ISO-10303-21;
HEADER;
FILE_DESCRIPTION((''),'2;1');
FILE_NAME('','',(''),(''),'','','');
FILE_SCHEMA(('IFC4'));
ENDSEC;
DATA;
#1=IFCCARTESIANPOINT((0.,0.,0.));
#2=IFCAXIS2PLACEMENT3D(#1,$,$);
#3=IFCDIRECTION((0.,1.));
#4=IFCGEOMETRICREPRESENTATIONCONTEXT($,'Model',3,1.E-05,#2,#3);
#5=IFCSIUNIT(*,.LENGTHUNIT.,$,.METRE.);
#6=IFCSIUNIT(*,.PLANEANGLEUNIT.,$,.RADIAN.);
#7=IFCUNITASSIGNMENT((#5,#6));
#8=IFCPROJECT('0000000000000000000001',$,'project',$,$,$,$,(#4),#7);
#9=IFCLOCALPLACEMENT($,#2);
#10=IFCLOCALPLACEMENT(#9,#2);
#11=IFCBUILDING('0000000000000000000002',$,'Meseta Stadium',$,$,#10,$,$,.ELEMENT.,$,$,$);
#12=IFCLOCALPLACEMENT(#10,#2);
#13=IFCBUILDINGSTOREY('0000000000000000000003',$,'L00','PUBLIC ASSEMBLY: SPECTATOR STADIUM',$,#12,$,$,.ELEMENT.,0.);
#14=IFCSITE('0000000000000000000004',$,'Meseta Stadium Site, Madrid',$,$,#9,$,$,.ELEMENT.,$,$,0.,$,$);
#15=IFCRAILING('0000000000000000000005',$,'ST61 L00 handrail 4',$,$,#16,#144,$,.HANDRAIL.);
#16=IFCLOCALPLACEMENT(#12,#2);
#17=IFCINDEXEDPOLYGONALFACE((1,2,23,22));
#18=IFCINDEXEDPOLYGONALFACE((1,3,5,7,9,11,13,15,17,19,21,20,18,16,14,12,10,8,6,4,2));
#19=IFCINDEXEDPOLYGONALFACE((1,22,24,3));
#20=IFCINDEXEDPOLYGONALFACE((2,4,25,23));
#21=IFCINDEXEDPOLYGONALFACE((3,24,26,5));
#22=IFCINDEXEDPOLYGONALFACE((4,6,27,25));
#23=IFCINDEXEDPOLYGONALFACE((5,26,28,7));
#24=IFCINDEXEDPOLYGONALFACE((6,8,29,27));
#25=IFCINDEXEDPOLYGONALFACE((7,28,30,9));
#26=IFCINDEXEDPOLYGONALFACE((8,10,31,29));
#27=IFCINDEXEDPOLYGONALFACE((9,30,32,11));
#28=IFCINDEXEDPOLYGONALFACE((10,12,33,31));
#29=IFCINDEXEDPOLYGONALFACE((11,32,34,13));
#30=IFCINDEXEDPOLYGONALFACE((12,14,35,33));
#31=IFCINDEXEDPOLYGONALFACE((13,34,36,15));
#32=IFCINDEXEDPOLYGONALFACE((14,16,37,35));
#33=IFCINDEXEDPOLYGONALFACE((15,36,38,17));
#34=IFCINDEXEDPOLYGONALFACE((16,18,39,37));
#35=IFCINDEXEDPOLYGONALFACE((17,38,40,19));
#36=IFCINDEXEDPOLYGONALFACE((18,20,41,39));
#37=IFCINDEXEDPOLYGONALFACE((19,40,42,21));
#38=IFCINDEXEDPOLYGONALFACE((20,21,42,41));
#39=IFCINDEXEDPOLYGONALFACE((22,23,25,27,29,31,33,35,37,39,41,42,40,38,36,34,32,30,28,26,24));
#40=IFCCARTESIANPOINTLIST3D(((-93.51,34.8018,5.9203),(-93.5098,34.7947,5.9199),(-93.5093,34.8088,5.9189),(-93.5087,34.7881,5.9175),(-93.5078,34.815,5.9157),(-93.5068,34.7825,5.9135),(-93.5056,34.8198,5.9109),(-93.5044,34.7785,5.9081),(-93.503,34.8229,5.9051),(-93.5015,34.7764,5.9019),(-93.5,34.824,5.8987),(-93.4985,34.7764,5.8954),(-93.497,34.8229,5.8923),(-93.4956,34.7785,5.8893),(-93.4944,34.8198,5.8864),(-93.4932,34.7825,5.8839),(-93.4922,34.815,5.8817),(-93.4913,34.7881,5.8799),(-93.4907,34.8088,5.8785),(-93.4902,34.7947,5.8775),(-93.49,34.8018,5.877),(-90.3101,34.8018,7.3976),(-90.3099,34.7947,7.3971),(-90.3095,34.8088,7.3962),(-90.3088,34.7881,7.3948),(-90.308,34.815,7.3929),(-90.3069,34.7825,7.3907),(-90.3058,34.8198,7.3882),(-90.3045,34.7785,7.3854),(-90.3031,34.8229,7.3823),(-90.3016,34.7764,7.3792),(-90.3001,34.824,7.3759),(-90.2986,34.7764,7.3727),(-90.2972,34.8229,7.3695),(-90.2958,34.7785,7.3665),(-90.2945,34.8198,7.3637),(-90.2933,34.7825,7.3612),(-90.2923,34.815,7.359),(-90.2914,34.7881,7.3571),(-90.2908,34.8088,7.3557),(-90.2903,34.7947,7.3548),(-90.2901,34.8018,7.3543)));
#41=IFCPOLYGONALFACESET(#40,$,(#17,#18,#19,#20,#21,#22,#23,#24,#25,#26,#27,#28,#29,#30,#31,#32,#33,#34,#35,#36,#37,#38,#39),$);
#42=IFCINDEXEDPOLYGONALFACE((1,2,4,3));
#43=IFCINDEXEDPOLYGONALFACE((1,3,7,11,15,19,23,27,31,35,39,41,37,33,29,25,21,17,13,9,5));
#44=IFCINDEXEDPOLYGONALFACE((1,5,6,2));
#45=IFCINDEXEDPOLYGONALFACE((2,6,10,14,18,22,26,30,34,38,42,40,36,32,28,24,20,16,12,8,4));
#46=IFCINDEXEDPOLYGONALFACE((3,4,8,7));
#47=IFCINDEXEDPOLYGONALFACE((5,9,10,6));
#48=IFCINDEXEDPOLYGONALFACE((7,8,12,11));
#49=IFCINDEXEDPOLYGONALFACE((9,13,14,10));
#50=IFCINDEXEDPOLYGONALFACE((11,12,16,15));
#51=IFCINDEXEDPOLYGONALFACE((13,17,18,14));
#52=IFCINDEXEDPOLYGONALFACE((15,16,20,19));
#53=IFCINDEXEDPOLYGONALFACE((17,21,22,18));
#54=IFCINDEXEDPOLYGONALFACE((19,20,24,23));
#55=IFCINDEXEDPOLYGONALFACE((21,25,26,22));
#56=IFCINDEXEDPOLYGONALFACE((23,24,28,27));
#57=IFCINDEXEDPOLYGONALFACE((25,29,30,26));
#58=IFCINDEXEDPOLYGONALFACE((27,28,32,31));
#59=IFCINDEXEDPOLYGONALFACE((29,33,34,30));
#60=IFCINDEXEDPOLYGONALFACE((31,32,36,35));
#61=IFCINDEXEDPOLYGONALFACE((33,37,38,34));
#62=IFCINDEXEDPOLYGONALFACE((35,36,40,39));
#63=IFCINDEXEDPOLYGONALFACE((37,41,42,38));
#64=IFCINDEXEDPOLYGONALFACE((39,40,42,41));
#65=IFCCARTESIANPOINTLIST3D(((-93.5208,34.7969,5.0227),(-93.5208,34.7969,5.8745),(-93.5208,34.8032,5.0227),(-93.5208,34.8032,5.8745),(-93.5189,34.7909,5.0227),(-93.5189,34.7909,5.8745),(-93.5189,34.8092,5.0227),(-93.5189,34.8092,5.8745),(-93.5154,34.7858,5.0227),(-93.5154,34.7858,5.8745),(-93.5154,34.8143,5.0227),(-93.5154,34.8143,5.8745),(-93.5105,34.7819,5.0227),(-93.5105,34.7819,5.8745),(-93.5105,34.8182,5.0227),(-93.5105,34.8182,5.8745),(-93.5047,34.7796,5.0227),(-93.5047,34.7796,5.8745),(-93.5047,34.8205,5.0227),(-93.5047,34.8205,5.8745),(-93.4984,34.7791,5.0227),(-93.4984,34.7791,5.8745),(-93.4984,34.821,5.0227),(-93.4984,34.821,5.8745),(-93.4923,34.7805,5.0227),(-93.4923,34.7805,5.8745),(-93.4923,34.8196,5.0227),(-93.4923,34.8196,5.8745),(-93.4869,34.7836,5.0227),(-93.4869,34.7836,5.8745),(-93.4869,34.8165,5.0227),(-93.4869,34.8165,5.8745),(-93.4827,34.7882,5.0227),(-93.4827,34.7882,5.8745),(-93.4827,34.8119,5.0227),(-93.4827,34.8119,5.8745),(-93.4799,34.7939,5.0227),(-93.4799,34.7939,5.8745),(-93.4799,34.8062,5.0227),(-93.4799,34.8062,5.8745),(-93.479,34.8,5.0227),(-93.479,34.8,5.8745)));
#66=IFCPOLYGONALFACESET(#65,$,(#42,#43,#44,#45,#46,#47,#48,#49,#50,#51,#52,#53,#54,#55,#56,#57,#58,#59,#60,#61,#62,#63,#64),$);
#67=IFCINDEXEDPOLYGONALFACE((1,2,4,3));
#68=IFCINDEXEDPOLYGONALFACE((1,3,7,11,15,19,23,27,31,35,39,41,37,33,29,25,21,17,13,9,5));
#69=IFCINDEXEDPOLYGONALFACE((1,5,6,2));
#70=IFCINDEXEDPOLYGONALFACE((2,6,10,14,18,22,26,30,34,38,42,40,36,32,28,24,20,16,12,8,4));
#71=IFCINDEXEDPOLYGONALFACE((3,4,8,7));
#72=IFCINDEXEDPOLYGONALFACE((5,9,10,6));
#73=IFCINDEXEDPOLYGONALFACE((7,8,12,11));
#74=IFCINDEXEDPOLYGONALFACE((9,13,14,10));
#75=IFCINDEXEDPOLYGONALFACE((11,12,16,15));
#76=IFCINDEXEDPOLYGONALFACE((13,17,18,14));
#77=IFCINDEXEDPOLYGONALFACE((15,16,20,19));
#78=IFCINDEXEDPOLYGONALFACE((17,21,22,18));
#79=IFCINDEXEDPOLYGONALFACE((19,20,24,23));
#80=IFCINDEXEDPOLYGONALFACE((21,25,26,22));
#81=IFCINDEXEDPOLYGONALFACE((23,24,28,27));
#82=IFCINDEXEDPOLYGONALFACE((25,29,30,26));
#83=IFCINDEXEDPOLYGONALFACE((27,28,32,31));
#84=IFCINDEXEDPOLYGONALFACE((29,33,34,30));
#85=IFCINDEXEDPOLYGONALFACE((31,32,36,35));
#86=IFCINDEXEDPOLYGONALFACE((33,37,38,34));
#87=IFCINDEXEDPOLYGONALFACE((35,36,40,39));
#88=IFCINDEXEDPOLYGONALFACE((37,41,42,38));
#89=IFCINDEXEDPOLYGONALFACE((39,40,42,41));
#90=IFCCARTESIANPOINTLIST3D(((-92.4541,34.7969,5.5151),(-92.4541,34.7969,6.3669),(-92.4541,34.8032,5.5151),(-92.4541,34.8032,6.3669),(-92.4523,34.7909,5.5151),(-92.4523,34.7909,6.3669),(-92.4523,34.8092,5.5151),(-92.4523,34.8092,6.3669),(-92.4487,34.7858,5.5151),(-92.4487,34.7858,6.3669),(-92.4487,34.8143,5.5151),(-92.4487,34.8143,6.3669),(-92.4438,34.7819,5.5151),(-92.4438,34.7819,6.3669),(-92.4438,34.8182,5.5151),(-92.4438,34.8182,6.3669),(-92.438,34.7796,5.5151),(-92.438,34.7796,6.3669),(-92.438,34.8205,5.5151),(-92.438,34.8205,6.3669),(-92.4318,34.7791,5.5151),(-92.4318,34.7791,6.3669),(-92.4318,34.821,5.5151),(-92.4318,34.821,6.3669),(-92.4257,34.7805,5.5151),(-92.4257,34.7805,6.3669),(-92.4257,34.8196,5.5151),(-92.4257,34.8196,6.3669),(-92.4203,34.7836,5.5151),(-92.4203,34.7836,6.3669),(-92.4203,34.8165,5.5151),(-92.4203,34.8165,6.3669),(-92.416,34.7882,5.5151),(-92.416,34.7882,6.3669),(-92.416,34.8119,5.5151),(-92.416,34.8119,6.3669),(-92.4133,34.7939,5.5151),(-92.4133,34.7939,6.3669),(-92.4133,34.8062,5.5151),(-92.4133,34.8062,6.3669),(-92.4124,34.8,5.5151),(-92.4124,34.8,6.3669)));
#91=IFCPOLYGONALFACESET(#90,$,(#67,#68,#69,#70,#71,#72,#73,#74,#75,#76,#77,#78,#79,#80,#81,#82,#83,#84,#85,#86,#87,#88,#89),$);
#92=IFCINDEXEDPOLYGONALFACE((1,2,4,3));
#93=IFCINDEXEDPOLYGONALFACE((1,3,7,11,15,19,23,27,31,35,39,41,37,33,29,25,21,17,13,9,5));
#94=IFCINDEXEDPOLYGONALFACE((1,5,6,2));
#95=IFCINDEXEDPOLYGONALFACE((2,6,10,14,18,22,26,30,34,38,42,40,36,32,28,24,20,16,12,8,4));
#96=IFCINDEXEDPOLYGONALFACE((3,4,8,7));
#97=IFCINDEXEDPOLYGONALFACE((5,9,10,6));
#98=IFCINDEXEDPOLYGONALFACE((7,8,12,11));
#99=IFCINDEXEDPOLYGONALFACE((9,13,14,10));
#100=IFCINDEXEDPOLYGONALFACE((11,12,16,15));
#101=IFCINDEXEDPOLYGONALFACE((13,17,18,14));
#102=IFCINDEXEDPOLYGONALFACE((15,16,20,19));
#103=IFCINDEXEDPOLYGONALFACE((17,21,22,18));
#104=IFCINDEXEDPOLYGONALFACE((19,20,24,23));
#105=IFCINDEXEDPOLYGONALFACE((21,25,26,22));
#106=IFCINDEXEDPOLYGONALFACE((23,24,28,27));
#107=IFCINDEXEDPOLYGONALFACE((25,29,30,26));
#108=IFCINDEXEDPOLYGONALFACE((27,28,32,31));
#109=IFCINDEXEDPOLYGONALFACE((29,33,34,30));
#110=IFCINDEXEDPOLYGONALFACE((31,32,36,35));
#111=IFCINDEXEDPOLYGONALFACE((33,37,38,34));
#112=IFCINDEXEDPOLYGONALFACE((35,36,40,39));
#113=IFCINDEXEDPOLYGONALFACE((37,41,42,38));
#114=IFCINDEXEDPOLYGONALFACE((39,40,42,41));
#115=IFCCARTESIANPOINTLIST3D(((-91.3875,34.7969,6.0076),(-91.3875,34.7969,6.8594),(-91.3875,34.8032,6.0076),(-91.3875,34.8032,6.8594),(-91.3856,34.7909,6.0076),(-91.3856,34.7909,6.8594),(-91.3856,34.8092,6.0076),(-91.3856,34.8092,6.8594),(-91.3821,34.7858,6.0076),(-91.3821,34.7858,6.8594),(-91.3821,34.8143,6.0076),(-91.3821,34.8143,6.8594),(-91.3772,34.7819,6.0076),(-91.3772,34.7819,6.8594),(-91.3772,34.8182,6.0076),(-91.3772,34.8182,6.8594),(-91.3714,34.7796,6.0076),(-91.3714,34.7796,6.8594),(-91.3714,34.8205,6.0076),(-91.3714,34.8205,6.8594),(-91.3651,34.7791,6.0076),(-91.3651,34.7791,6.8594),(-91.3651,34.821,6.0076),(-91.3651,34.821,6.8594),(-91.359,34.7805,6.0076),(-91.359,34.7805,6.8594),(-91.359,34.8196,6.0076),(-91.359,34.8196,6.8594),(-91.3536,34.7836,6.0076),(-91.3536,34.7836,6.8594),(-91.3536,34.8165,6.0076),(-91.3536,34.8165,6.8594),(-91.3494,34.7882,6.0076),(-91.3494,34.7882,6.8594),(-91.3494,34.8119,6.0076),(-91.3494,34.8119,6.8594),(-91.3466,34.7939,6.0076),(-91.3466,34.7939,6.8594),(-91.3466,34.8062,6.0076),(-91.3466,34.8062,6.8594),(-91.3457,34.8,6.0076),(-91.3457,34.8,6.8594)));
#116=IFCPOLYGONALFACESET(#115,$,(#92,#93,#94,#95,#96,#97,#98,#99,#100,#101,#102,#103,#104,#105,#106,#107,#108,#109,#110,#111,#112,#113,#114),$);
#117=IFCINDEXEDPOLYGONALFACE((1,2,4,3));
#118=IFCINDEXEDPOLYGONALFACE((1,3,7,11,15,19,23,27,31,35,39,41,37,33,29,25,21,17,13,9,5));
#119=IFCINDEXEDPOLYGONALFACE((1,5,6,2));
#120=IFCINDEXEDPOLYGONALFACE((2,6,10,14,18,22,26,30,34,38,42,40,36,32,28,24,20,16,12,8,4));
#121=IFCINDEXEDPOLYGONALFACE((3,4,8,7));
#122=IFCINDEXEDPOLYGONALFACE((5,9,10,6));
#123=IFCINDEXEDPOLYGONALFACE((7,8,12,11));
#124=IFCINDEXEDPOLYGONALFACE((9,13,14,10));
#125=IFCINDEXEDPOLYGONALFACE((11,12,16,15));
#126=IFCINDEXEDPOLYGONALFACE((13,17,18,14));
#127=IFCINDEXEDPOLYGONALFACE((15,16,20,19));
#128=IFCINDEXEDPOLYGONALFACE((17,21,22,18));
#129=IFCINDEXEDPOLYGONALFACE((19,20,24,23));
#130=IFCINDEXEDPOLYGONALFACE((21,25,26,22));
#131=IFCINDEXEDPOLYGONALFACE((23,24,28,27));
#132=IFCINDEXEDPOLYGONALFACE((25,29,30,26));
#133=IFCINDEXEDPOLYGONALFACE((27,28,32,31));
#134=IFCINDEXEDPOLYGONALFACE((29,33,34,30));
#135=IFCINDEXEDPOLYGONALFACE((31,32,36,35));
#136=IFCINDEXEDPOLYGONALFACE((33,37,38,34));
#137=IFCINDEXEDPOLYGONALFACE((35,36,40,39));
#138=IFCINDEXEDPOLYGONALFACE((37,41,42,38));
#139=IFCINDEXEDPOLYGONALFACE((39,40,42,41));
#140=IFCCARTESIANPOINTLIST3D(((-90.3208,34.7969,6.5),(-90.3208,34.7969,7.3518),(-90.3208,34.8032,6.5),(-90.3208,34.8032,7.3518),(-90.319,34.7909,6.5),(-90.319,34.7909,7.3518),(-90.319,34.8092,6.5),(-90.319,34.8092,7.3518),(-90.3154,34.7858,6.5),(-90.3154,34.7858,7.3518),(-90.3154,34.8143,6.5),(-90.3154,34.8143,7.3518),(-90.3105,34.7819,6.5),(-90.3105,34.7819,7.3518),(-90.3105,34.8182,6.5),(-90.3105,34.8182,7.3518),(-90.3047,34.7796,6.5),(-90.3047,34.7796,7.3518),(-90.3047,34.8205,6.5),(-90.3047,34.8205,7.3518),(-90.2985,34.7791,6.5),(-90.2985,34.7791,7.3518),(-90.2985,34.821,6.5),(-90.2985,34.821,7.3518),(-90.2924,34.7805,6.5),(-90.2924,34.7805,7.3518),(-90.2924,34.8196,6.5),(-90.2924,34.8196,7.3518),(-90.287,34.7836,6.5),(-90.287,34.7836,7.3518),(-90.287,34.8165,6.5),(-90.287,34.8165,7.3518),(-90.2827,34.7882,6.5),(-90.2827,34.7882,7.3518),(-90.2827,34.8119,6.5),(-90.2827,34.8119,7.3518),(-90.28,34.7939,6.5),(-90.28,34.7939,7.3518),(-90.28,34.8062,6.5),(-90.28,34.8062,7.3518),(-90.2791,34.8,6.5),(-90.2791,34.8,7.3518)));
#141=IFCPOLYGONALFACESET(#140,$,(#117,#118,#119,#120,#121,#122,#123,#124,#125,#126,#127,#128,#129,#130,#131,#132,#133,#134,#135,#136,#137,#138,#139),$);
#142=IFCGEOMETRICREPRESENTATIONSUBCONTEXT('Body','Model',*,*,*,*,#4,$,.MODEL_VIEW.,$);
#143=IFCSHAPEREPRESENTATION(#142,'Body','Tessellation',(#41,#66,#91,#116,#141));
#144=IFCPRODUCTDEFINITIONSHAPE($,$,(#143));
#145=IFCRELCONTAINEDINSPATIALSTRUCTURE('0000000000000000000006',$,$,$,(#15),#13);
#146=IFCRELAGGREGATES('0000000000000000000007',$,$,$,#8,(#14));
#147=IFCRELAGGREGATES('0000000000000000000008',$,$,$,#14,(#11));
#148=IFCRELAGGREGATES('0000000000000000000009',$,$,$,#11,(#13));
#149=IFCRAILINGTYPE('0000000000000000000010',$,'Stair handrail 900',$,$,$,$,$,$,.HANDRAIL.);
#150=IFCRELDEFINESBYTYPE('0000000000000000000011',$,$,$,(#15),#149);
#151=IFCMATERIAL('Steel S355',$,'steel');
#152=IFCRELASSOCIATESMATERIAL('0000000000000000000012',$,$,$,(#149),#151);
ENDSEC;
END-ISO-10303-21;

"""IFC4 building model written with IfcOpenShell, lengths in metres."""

from ifc_helpers import new_model, si_unit, direction, frame, origin, origin_2d, place, context, subcontext, project, spatial, circle, extrude, material, type_object, element, save


model = new_model("IFC4")

# Units and contexts
model_context = context("Model", 3, precision=1e-05, world=origin(), true_north=direction((0.0, 1.0)))
body_context = subcontext(model_context, "Body", "Model", "MODEL_VIEW")
ifc_project = project(units=[si_unit("LENGTHUNIT", "METRE"), si_unit("PLANEANGLEUNIT", "RADIAN")], contexts=[model_context])

# Site, building, storey
site_placement = place(None, origin())
site = spatial("IfcSite", under=ifc_project, at=site_placement, Name="Meseta Stadium Site, Madrid", CompositionType="ELEMENT", RefElevation=0.0)
building_placement = place(site_placement, origin())
building = spatial("IfcBuilding", under=site, at=building_placement, Name="Meseta Stadium", CompositionType="ELEMENT")
storey_placement = place(building_placement, origin())
storey = spatial("IfcBuildingStorey", under=building, at=storey_placement, Name="L00", Description="PUBLIC ASSEMBLY: SPECTATOR STADIUM", CompositionType="ELEMENT", Elevation=0.0)

# Railing
ifc_material_1 = material(Name="Steel S355", Category="steel")
railing_type_1 = type_object("IfcRailingType", Name="Stair handrail 900", PredefinedType="HANDRAIL", material=ifc_material_1)
for number, where, name in (
    (1, (-93.5, 34.8, 5.0227), "ST61 L00 handrail 4"),
):
    element("IfcRailing", number, at=place(storey_placement, frame(where)), inside=storey, type_object=railing_type_1, Name=name, PredefinedType="HANDRAIL", context=body_context, shape_type="SweptSolid", body=[
        extrude(circle(Radius=0.0239, at=origin_2d()), frame((0.0, 0.0, 0.876), z_axis=(0.907917, 0.0, 0.41915), x_axis=(0.0, 1.0, 0.0)), (0.0, 0.0, 1.0), 3.5244),
        extrude(circle(Radius=0.021, at=origin_2d()), origin(), (0.0, 0.0, 1.0), 0.8518),
        extrude(circle(Radius=0.021, at=origin_2d()), frame((1.0667, 0.0, 0.4924)), (0.0, 0.0, 1.0), 0.8518),
        extrude(circle(Radius=0.021, at=origin_2d()), frame((2.1333, 0.0, 0.9849)), (0.0, 0.0, 1.0), 0.8518),
        extrude(circle(Radius=0.021, at=origin_2d()), frame((3.2, 0.0, 1.4773)), (0.0, 0.0, 1.0), 0.8518),
    ])

save(model, "model.ifc")
